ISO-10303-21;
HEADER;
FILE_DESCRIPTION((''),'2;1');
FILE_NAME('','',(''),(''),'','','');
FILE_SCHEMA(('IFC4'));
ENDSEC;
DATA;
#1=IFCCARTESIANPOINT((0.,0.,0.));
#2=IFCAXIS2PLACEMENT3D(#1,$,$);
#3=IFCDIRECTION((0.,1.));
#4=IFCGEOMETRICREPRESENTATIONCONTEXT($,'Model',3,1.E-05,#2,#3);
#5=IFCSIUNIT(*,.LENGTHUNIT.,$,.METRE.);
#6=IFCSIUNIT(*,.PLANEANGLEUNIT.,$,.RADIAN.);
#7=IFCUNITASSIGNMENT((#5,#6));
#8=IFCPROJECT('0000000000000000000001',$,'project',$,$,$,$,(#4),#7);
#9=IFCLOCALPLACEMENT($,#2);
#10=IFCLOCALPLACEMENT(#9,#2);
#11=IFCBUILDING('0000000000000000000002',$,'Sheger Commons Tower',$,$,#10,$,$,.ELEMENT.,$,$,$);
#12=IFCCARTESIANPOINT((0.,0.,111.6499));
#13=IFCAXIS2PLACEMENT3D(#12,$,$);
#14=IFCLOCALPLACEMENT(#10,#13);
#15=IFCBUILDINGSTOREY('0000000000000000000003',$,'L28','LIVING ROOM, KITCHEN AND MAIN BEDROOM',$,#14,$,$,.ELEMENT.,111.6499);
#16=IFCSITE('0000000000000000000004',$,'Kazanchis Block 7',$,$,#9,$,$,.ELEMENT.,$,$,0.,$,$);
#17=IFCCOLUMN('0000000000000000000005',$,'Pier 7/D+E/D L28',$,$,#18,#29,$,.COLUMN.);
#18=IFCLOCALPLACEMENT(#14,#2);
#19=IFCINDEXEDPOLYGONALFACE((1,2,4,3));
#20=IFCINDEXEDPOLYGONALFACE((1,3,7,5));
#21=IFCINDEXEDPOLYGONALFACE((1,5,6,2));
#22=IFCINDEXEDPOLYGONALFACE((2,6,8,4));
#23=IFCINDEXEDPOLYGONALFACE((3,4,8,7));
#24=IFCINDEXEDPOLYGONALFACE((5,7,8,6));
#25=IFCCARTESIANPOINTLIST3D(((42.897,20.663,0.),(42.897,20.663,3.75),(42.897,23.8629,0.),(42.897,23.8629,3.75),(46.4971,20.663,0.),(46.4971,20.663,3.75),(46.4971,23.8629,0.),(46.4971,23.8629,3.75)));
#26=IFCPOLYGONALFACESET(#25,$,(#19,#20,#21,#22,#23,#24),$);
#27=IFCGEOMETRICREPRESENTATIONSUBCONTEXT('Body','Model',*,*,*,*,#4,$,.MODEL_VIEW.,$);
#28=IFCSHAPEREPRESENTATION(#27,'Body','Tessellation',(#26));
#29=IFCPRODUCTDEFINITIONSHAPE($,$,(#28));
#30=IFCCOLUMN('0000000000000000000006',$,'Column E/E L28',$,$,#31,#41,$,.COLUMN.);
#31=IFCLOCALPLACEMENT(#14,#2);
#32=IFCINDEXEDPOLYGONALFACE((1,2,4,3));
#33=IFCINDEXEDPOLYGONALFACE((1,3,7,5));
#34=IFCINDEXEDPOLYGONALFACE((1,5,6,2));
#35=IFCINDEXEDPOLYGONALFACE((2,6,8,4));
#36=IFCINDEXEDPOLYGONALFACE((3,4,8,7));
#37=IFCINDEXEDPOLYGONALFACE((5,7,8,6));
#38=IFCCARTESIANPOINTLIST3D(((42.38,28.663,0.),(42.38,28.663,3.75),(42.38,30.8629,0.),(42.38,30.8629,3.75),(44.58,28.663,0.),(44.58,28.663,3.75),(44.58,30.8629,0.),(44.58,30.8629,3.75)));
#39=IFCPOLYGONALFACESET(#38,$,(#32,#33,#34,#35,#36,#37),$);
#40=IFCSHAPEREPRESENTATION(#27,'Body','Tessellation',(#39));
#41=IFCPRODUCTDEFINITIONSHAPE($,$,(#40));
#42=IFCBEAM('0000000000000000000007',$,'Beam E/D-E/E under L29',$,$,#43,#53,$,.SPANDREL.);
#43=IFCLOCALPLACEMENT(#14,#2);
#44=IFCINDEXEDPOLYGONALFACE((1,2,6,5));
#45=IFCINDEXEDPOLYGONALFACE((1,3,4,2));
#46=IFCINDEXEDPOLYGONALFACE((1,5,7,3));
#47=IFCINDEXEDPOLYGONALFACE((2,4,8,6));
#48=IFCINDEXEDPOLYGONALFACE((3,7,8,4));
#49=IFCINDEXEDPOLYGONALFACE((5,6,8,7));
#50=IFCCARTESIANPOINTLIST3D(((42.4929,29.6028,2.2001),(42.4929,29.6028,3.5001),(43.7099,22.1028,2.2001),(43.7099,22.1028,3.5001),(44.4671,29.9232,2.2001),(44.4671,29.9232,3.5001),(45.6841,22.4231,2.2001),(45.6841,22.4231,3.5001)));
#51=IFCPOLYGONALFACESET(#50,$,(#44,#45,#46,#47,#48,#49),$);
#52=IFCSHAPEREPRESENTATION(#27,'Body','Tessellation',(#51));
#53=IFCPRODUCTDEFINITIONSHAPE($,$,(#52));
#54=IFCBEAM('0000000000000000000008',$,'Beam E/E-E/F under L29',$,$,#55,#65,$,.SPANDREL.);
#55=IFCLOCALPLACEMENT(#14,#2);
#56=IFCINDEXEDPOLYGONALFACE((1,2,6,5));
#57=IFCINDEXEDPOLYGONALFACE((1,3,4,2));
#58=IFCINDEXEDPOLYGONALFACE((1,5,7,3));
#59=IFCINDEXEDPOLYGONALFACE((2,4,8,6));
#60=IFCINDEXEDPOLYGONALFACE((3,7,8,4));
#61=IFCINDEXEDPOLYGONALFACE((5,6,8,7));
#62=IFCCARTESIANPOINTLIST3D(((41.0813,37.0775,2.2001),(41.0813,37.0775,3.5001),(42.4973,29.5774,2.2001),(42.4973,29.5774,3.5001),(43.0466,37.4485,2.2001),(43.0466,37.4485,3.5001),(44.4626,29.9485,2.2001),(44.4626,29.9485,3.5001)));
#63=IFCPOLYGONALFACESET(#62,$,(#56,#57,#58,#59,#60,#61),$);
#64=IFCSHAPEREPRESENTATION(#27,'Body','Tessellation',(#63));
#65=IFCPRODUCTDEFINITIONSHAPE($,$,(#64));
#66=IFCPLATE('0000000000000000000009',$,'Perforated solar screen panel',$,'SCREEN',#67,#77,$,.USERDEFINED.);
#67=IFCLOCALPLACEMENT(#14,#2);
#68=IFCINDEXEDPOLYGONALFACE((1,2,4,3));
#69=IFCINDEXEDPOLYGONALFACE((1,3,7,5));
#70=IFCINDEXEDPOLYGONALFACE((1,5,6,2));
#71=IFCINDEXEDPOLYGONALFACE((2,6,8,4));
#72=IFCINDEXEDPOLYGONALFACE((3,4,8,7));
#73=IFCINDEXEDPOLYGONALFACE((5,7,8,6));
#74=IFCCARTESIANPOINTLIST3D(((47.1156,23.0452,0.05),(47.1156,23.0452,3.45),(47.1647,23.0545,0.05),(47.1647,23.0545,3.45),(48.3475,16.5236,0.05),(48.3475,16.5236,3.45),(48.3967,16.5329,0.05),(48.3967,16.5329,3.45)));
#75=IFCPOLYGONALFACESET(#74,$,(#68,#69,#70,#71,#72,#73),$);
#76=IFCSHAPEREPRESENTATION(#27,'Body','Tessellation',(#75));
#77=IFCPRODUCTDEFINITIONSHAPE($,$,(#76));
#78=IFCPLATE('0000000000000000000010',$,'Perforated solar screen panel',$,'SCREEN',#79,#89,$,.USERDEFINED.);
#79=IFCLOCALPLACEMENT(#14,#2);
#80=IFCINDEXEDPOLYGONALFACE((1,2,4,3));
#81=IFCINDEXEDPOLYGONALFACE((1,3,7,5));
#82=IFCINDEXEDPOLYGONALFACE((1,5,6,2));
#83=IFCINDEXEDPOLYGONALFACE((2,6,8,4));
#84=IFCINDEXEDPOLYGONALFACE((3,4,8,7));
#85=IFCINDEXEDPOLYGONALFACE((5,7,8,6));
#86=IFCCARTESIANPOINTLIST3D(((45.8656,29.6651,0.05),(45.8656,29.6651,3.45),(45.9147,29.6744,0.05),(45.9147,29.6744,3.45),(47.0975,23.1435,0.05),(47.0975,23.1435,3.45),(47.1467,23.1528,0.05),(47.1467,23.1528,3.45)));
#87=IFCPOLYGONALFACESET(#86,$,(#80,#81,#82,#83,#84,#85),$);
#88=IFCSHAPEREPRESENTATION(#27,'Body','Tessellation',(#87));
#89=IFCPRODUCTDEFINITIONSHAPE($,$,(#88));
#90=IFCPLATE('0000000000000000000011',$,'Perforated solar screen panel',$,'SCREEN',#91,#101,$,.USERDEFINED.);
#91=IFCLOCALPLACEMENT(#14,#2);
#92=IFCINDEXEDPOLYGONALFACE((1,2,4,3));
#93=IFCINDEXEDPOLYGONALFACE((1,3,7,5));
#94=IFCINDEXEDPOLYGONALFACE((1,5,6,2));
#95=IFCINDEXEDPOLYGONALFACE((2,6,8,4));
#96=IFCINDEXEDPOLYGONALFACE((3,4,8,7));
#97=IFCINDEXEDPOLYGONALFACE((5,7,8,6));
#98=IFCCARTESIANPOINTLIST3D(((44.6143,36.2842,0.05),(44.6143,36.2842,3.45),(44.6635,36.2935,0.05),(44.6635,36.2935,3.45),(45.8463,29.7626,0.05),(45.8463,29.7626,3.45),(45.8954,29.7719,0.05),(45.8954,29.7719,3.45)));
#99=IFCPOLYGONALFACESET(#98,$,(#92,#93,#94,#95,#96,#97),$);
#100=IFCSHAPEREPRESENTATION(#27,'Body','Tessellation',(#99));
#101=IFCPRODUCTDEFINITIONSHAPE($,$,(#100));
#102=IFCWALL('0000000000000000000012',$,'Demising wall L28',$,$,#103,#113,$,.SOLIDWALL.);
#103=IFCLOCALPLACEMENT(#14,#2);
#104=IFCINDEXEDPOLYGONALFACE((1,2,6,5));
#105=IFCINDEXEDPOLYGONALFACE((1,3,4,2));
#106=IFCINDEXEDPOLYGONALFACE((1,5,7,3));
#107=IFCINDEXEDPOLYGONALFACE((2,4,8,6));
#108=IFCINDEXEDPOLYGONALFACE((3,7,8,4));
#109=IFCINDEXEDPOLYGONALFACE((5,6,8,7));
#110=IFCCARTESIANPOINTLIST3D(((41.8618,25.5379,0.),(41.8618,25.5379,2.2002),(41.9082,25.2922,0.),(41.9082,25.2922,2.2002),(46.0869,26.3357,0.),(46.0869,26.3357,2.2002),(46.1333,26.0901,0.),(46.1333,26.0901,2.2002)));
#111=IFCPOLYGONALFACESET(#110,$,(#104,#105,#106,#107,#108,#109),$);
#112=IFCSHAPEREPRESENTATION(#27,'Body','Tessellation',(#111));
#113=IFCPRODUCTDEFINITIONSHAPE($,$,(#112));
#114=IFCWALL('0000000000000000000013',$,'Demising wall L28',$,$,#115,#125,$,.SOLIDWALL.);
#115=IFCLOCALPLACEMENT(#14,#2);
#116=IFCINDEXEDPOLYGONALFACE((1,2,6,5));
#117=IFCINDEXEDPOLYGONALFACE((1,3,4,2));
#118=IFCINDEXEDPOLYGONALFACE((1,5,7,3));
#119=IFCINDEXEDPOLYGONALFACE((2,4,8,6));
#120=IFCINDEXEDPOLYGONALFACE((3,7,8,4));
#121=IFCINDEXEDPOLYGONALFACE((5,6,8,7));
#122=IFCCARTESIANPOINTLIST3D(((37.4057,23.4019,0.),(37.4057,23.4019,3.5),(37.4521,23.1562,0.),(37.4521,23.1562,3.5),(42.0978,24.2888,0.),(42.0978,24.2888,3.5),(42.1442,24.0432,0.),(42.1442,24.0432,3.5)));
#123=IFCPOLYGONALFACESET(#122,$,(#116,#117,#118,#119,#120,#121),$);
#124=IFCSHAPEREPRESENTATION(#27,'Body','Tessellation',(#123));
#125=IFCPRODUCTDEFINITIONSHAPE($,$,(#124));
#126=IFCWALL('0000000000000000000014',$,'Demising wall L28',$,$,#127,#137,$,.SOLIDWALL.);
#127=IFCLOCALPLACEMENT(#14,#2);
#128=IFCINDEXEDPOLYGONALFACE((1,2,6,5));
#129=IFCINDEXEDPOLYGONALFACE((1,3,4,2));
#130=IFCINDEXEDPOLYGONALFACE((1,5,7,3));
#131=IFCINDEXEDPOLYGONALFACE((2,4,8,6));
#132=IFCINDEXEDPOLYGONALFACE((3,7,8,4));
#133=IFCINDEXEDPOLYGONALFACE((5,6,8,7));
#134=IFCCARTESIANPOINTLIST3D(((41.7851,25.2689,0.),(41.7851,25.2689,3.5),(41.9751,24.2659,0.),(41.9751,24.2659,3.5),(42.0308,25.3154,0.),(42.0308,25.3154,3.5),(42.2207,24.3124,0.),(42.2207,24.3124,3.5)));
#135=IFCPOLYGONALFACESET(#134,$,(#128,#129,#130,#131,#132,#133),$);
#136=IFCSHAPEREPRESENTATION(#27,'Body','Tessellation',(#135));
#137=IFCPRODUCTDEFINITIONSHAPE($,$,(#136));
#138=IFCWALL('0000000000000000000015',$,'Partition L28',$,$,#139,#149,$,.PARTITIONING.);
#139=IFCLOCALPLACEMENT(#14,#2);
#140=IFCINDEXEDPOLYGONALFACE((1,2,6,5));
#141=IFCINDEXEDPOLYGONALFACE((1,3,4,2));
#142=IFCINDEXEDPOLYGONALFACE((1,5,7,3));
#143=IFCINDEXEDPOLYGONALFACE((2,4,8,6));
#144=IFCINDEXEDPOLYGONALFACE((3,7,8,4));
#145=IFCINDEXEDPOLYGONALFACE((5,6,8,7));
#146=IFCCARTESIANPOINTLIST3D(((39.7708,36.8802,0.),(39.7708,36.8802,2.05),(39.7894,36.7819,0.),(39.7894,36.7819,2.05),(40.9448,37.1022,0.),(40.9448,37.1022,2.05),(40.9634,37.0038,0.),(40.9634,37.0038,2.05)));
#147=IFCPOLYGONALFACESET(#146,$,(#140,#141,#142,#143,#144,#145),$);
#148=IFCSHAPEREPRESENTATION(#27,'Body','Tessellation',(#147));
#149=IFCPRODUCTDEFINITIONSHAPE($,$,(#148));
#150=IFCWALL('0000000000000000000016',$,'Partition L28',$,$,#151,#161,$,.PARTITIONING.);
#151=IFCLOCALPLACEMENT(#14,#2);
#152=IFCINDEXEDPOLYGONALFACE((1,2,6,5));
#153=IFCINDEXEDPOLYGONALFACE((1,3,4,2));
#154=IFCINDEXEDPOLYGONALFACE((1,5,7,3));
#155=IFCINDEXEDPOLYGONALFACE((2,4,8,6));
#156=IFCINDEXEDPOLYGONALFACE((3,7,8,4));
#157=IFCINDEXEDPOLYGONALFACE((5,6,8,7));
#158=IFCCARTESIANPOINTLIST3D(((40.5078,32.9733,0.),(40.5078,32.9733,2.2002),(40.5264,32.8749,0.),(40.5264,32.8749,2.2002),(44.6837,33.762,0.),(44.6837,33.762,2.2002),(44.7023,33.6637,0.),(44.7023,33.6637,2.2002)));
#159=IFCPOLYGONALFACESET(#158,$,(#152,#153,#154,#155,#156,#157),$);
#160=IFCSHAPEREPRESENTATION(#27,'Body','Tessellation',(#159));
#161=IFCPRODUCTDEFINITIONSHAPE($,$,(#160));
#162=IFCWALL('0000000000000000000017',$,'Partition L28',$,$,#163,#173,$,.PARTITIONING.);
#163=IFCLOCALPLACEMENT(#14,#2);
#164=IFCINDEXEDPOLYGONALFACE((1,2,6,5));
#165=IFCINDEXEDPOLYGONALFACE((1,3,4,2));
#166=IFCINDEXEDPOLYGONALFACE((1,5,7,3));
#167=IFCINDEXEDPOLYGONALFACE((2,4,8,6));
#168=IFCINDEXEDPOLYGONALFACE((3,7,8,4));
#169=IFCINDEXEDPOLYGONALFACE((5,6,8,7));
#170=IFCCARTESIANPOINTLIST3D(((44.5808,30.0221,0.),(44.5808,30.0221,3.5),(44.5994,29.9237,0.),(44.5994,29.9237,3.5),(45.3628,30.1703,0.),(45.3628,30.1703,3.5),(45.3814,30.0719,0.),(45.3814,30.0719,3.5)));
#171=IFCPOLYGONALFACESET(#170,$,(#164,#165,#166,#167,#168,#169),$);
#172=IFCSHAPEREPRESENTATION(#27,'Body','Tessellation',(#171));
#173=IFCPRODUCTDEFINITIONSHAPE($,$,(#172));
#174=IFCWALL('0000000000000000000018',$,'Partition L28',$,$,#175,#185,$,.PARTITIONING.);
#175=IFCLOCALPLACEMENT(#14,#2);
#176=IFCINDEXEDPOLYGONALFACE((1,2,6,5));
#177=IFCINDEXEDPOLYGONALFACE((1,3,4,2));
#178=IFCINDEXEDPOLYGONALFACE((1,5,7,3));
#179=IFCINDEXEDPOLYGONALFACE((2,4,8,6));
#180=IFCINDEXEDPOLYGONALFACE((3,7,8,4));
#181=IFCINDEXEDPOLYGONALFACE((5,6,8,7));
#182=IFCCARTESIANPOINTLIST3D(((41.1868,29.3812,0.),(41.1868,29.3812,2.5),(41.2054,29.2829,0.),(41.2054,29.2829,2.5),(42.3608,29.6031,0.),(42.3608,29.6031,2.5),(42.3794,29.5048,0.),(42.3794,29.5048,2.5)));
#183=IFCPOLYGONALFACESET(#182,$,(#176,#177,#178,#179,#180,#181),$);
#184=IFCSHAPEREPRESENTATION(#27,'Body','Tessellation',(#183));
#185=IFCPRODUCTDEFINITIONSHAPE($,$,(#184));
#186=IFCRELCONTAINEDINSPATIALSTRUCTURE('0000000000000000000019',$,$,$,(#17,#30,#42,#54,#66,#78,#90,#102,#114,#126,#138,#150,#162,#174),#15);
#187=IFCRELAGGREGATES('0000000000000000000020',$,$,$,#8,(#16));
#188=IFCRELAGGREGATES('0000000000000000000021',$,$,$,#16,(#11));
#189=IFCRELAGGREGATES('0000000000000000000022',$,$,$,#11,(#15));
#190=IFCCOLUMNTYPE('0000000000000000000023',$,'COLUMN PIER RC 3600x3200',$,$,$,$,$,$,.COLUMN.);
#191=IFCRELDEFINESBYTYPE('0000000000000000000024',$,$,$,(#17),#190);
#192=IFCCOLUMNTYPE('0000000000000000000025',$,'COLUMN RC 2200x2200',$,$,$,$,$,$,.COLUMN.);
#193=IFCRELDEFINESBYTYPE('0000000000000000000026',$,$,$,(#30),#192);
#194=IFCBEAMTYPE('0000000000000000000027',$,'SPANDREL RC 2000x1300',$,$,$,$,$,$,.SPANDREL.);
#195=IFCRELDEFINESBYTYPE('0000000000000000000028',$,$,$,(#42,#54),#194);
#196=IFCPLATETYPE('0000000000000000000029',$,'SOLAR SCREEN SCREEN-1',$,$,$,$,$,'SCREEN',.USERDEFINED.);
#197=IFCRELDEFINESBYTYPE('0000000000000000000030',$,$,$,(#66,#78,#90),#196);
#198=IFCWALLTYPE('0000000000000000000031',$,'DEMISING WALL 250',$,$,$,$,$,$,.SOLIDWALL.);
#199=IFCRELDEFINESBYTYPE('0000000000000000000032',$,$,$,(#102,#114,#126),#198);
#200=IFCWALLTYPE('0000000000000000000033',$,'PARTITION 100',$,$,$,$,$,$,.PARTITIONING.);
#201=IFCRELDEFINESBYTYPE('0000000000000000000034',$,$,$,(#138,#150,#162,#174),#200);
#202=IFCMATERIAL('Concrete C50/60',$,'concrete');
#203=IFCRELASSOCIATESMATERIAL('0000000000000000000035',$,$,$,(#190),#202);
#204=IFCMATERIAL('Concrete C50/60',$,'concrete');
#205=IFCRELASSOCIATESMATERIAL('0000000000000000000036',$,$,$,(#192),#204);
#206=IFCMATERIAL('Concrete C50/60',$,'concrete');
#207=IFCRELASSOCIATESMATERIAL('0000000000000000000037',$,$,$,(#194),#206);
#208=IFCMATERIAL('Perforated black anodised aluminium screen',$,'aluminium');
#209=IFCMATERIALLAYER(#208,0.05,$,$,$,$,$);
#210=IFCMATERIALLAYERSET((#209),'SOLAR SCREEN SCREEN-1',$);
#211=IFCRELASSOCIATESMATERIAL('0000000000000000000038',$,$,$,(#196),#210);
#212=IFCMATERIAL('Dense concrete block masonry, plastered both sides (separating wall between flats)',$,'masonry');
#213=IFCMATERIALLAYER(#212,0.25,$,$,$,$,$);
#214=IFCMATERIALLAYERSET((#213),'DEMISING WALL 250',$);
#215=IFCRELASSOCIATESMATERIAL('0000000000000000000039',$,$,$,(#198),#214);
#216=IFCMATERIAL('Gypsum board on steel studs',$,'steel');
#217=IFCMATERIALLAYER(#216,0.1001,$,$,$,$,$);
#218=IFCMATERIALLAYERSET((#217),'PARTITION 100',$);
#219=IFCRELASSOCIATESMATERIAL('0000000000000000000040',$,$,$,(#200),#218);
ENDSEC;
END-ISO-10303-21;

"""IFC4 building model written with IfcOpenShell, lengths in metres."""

from ifc_helpers import new_model, si_unit, direction, frame, frame_2d, origin, origin_2d, place, context, subcontext, project, spatial, rectangle, extrude, material, layer, layer_set, material_profile, profile_set, type_object, element, save


model = new_model("IFC4")

# Units and contexts
model_context = context("Model", 3, precision=1e-05, world=origin(), true_north=direction((0.0, 1.0)))
body_context = subcontext(model_context, "Body", "Model", "MODEL_VIEW")
ifc_project = project(units=[si_unit("LENGTHUNIT", "METRE"), si_unit("PLANEANGLEUNIT", "RADIAN")], contexts=[model_context])

# Site, building, storey
site_placement = place(None, origin())
site = spatial("IfcSite", under=ifc_project, at=site_placement, Name="Kazanchis Block 7", CompositionType="ELEMENT", RefElevation=0.0)
building_placement = place(site_placement, origin())
building = spatial("IfcBuilding", under=site, at=building_placement, Name="Sheger Commons Tower", CompositionType="ELEMENT")
storey_placement = place(building_placement, frame((0.0, 0.0, 111.6499)))
storey = spatial("IfcBuildingStorey", under=building, at=storey_placement, Name="L28", Description="LIVING ROOM, KITCHEN AND MAIN BEDROOM", CompositionType="ELEMENT", Elevation=111.6499)

# Columns
ifc_material_1 = material(Name="Concrete C50/60", Category="concrete")
ifc_material_profile_1 = material_profile(ifc_material_1, rectangle(XDim=3.6001, YDim=3.2, at=origin_2d()), Name="RC 3600x3200")
ifc_profile_set_1 = profile_set([ifc_material_profile_1], Name="Concrete C50/60")
column_type_1 = type_object("IfcColumnType", Name="COLUMN PIER RC 3600x3200", PredefinedType="COLUMN", material=ifc_profile_set_1)
column_1_placement = place(storey_placement, frame((44.697, 22.2629, 0.0), z_axis=(0.0, 0.0, 1.0), x_axis=(1.0, 0.0, 0.0)))
element("IfcColumn", 1, at=column_1_placement, inside=storey, type_object=column_type_1, Name="Pier 7/D+E/D L28", PredefinedType="COLUMN", context=body_context, shape_type="SweptSolid", body=[
    extrude(rectangle(XDim=3.6001, YDim=3.2, at=origin_2d()), origin(), (0.0, 0.0, 1.0), 3.75),
])
ifc_material_2 = material(Name="Concrete C50/60", Category="concrete")
ifc_material_profile_2 = material_profile(ifc_material_2, rectangle(XDim=2.2, YDim=2.2, at=origin_2d()), Name="RC 2200x2200")
ifc_profile_set_2 = profile_set([ifc_material_profile_2], Name="Concrete C50/60")
column_type_2 = type_object("IfcColumnType", Name="COLUMN RC 2200x2200", PredefinedType="COLUMN", material=ifc_profile_set_2)
column_2_placement = place(storey_placement, frame((43.48, 29.7629, 0.0), z_axis=(0.0, 0.0, 1.0), x_axis=(1.0, 0.0, 0.0)))
element("IfcColumn", 2, at=column_2_placement, inside=storey, type_object=column_type_2, Name="Column E/E L28", PredefinedType="COLUMN", context=body_context, shape_type="SweptSolid", body=[
    extrude(rectangle(XDim=2.2, YDim=2.2, at=origin_2d()), origin(), (0.0, 0.0, 1.0), 3.75),
])

# Beams
ifc_material_3 = material(Name="Concrete C50/60", Category="concrete")
ifc_material_profile_3 = material_profile(ifc_material_3, rectangle(XDim=2.0, YDim=1.3, at=origin_2d()), Name="RC 2000x1300")
ifc_profile_set_3 = profile_set([ifc_material_profile_3], Name="Concrete C50/60")
beam_type = type_object("IfcBeamType", Name="SPANDREL RC 2000x1300", PredefinedType="SPANDREL", material=ifc_profile_set_3)
beam_1_placement = place(storey_placement, frame((44.697, 22.2629, 2.8501), z_axis=(-0.160177, 0.987088, 0.0), x_axis=(-0.987088, -0.160177, 0.0)))
element("IfcBeam", 3, at=beam_1_placement, inside=storey, type_object=beam_type, Name="Beam E/D-E/E under L29", PredefinedType="SPANDREL", context=body_context, shape_type="SweptSolid", body=[
    extrude(rectangle(XDim=2.0, YDim=1.3, at=origin_2d()), origin(), (0.0, 0.0, 1.0), 7.5981),
])
beam_2_placement = place(storey_placement, frame((43.48, 29.7629, 2.8501), z_axis=(-0.185524, 0.98264, 0.0), x_axis=(-0.98264, -0.185524, 0.0)))
element("IfcBeam", 4, at=beam_2_placement, inside=storey, type_object=beam_type, Name="Beam E/E-E/F under L29", PredefinedType="SPANDREL", context=body_context, shape_type="SweptSolid", body=[
    extrude(rectangle(XDim=2.0, YDim=1.3, at=origin_2d()), origin(), (0.0, 0.0, 1.0), 7.6326),
])

# Plates
ifc_material_4 = material(Name="Perforated black anodised aluminium screen", Category="aluminium")
ifc_layer_1 = layer(ifc_material_4, 0.05)
ifc_layer_set_1 = layer_set([ifc_layer_1], Name="SOLAR SCREEN SCREEN-1")
plate_type = type_object("IfcPlateType", Name="SOLAR SCREEN SCREEN-1", ElementType="SCREEN", PredefinedType="USERDEFINED", material=ifc_layer_set_1)
for number, where, z_axis, x_axis, name in (
    (5, (47.7561, 19.7891, 0.05), (0.0, 0.0, 1.0), (-0.185615, 0.982623, 0.0), "Perforated solar screen panel"),
    (6, (46.5061, 26.4089, 0.05), (0.0, 0.0, 1.0), (-0.185615, 0.982623, 0.0), "Perforated solar screen panel"),
    (7, (45.2549, 33.0281, 0.05), (0.0, 0.0, 1.0), (-0.185615, 0.982623, 0.0), "Perforated solar screen panel"),
):
    element("IfcPlate", number, at=place(storey_placement, frame(where, z_axis=z_axis, x_axis=x_axis)), inside=storey, type_object=plate_type, Name=name, ObjectType="SCREEN", PredefinedType="USERDEFINED", context=body_context, shape_type="SweptSolid", body=[
        extrude(rectangle(XDim=6.637, YDim=0.05, at=origin_2d()), origin(), (0.0, 0.0, 1.0), 3.3999),
    ])

# Walls
ifc_material_5 = material(Name="Dense concrete block masonry, plastered both sides (separating wall between flats)", Category="masonry")
ifc_layer_2 = layer(ifc_material_5, 0.25)
ifc_layer_set_2 = layer_set([ifc_layer_2], Name="DEMISING WALL 250")
wall_type_1 = type_object("IfcWallType", Name="DEMISING WALL 250", PredefinedType="SOLIDWALL", material=ifc_layer_set_2)
wall_1_placement = place(storey_placement, frame((46.1101, 26.2129, 0.0), z_axis=(0.0, 0.0, 1.0), x_axis=(-0.982634, -0.185557, 0.0)))
element("IfcWall", 8, at=wall_1_placement, inside=storey, type_object=wall_type_1, Name="Demising wall L28", PredefinedType="SOLIDWALL", context=body_context, shape_type="SweptSolid", body=[
    extrude(rectangle(XDim=4.2998, YDim=0.25, at=frame_2d((2.1499, 0.0))), origin(), (0.0, 0.0, 1.0), 2.2002),
])
wall_2_placement = place(storey_placement, frame((42.1211, 24.166, 0.0), z_axis=(0.0, 0.0, 1.0), x_axis=(-0.982599, -0.185742, 0.0)))
element("IfcWall", 9, at=wall_2_placement, inside=storey, type_object=wall_type_1, Name="Demising wall L28", PredefinedType="SOLIDWALL", context=body_context, shape_type="SweptSolid", body=[
    extrude(rectangle(XDim=4.7751, YDim=0.25, at=frame_2d((2.3877, 0.0))), origin(), (0.0, 0.0, 1.0), 3.5),
])
wall_3_placement = place(storey_placement, frame((41.908, 25.292, 0.0), z_axis=(0.0, 0.0, 1.0), x_axis=(0.186079, -0.982535, 0.0)))
element("IfcWall", 10, at=wall_3_placement, inside=storey, type_object=wall_type_1, Name="Demising wall L28", PredefinedType="SOLIDWALL", context=body_context, shape_type="SweptSolid", body=[
    extrude(rectangle(XDim=1.0208, YDim=0.25, at=frame_2d((0.5103, 0.0))), origin(), (0.0, 0.0, 1.0), 3.5),
])
ifc_material_6 = material(Name="Gypsum board on steel studs", Category="steel")
ifc_layer_3 = layer(ifc_material_6, 0.1001)
ifc_layer_set_3 = layer_set([ifc_layer_3], Name="PARTITION 100")
wall_type_2 = type_object("IfcWallType", Name="PARTITION 100", PredefinedType="PARTITIONING", material=ifc_layer_set_3)
wall_4_placement = place(storey_placement, frame((40.9541, 37.053, 0.0), z_axis=(0.0, 0.0, 1.0), x_axis=(-0.9826, -0.185732, 0.0)))
element("IfcWall", 11, at=wall_4_placement, inside=storey, type_object=wall_type_2, Name="Partition L28", PredefinedType="PARTITIONING", context=body_context, shape_type="SweptSolid", body=[
    extrude(rectangle(XDim=1.1948, YDim=0.1001, at=frame_2d((0.5974, 0.0))), origin(), (0.0, 0.0, 1.0), 2.05),
])
wall_5_placement = place(storey_placement, frame((44.6931, 33.7129, 0.0), z_axis=(0.0, 0.0, 1.0), x_axis=(-0.982624, -0.18561, 0.0)))
element("IfcWall", 12, at=wall_5_placement, inside=storey, type_object=wall_type_2, Name="Partition L28", PredefinedType="PARTITIONING", context=body_context, shape_type="SweptSolid", body=[
    extrude(rectangle(XDim=4.2498, YDim=0.1001, at=frame_2d((2.125, 0.0))), origin(), (0.0, 0.0, 1.0), 2.2002),
])
wall_6_placement = place(storey_placement, frame((45.3721, 30.1211, 0.0), z_axis=(0.0, 0.0, 1.0), x_axis=(-0.982513, -0.186196, 0.0)))
element("IfcWall", 13, at=wall_6_placement, inside=storey, type_object=wall_type_2, Name="Partition L28", PredefinedType="PARTITIONING", context=body_context, shape_type="SweptSolid", body=[
    extrude(rectangle(XDim=0.7959, YDim=0.1001, at=frame_2d((0.3979, 0.0))), origin(), (0.0, 0.0, 1.0), 3.5),
])
wall_7_placement = place(storey_placement, frame((42.3701, 29.554, 0.0), z_axis=(0.0, 0.0, 1.0), x_axis=(-0.9826, -0.185732, 0.0)))
element("IfcWall", 14, at=wall_7_placement, inside=storey, type_object=wall_type_2, Name="Partition L28", PredefinedType="PARTITIONING", context=body_context, shape_type="SweptSolid", body=[
    extrude(rectangle(XDim=1.1948, YDim=0.1001, at=frame_2d((0.5974, 0.0))), origin(), (0.0, 0.0, 1.0), 2.5),
])

save(model, "model.ifc")
